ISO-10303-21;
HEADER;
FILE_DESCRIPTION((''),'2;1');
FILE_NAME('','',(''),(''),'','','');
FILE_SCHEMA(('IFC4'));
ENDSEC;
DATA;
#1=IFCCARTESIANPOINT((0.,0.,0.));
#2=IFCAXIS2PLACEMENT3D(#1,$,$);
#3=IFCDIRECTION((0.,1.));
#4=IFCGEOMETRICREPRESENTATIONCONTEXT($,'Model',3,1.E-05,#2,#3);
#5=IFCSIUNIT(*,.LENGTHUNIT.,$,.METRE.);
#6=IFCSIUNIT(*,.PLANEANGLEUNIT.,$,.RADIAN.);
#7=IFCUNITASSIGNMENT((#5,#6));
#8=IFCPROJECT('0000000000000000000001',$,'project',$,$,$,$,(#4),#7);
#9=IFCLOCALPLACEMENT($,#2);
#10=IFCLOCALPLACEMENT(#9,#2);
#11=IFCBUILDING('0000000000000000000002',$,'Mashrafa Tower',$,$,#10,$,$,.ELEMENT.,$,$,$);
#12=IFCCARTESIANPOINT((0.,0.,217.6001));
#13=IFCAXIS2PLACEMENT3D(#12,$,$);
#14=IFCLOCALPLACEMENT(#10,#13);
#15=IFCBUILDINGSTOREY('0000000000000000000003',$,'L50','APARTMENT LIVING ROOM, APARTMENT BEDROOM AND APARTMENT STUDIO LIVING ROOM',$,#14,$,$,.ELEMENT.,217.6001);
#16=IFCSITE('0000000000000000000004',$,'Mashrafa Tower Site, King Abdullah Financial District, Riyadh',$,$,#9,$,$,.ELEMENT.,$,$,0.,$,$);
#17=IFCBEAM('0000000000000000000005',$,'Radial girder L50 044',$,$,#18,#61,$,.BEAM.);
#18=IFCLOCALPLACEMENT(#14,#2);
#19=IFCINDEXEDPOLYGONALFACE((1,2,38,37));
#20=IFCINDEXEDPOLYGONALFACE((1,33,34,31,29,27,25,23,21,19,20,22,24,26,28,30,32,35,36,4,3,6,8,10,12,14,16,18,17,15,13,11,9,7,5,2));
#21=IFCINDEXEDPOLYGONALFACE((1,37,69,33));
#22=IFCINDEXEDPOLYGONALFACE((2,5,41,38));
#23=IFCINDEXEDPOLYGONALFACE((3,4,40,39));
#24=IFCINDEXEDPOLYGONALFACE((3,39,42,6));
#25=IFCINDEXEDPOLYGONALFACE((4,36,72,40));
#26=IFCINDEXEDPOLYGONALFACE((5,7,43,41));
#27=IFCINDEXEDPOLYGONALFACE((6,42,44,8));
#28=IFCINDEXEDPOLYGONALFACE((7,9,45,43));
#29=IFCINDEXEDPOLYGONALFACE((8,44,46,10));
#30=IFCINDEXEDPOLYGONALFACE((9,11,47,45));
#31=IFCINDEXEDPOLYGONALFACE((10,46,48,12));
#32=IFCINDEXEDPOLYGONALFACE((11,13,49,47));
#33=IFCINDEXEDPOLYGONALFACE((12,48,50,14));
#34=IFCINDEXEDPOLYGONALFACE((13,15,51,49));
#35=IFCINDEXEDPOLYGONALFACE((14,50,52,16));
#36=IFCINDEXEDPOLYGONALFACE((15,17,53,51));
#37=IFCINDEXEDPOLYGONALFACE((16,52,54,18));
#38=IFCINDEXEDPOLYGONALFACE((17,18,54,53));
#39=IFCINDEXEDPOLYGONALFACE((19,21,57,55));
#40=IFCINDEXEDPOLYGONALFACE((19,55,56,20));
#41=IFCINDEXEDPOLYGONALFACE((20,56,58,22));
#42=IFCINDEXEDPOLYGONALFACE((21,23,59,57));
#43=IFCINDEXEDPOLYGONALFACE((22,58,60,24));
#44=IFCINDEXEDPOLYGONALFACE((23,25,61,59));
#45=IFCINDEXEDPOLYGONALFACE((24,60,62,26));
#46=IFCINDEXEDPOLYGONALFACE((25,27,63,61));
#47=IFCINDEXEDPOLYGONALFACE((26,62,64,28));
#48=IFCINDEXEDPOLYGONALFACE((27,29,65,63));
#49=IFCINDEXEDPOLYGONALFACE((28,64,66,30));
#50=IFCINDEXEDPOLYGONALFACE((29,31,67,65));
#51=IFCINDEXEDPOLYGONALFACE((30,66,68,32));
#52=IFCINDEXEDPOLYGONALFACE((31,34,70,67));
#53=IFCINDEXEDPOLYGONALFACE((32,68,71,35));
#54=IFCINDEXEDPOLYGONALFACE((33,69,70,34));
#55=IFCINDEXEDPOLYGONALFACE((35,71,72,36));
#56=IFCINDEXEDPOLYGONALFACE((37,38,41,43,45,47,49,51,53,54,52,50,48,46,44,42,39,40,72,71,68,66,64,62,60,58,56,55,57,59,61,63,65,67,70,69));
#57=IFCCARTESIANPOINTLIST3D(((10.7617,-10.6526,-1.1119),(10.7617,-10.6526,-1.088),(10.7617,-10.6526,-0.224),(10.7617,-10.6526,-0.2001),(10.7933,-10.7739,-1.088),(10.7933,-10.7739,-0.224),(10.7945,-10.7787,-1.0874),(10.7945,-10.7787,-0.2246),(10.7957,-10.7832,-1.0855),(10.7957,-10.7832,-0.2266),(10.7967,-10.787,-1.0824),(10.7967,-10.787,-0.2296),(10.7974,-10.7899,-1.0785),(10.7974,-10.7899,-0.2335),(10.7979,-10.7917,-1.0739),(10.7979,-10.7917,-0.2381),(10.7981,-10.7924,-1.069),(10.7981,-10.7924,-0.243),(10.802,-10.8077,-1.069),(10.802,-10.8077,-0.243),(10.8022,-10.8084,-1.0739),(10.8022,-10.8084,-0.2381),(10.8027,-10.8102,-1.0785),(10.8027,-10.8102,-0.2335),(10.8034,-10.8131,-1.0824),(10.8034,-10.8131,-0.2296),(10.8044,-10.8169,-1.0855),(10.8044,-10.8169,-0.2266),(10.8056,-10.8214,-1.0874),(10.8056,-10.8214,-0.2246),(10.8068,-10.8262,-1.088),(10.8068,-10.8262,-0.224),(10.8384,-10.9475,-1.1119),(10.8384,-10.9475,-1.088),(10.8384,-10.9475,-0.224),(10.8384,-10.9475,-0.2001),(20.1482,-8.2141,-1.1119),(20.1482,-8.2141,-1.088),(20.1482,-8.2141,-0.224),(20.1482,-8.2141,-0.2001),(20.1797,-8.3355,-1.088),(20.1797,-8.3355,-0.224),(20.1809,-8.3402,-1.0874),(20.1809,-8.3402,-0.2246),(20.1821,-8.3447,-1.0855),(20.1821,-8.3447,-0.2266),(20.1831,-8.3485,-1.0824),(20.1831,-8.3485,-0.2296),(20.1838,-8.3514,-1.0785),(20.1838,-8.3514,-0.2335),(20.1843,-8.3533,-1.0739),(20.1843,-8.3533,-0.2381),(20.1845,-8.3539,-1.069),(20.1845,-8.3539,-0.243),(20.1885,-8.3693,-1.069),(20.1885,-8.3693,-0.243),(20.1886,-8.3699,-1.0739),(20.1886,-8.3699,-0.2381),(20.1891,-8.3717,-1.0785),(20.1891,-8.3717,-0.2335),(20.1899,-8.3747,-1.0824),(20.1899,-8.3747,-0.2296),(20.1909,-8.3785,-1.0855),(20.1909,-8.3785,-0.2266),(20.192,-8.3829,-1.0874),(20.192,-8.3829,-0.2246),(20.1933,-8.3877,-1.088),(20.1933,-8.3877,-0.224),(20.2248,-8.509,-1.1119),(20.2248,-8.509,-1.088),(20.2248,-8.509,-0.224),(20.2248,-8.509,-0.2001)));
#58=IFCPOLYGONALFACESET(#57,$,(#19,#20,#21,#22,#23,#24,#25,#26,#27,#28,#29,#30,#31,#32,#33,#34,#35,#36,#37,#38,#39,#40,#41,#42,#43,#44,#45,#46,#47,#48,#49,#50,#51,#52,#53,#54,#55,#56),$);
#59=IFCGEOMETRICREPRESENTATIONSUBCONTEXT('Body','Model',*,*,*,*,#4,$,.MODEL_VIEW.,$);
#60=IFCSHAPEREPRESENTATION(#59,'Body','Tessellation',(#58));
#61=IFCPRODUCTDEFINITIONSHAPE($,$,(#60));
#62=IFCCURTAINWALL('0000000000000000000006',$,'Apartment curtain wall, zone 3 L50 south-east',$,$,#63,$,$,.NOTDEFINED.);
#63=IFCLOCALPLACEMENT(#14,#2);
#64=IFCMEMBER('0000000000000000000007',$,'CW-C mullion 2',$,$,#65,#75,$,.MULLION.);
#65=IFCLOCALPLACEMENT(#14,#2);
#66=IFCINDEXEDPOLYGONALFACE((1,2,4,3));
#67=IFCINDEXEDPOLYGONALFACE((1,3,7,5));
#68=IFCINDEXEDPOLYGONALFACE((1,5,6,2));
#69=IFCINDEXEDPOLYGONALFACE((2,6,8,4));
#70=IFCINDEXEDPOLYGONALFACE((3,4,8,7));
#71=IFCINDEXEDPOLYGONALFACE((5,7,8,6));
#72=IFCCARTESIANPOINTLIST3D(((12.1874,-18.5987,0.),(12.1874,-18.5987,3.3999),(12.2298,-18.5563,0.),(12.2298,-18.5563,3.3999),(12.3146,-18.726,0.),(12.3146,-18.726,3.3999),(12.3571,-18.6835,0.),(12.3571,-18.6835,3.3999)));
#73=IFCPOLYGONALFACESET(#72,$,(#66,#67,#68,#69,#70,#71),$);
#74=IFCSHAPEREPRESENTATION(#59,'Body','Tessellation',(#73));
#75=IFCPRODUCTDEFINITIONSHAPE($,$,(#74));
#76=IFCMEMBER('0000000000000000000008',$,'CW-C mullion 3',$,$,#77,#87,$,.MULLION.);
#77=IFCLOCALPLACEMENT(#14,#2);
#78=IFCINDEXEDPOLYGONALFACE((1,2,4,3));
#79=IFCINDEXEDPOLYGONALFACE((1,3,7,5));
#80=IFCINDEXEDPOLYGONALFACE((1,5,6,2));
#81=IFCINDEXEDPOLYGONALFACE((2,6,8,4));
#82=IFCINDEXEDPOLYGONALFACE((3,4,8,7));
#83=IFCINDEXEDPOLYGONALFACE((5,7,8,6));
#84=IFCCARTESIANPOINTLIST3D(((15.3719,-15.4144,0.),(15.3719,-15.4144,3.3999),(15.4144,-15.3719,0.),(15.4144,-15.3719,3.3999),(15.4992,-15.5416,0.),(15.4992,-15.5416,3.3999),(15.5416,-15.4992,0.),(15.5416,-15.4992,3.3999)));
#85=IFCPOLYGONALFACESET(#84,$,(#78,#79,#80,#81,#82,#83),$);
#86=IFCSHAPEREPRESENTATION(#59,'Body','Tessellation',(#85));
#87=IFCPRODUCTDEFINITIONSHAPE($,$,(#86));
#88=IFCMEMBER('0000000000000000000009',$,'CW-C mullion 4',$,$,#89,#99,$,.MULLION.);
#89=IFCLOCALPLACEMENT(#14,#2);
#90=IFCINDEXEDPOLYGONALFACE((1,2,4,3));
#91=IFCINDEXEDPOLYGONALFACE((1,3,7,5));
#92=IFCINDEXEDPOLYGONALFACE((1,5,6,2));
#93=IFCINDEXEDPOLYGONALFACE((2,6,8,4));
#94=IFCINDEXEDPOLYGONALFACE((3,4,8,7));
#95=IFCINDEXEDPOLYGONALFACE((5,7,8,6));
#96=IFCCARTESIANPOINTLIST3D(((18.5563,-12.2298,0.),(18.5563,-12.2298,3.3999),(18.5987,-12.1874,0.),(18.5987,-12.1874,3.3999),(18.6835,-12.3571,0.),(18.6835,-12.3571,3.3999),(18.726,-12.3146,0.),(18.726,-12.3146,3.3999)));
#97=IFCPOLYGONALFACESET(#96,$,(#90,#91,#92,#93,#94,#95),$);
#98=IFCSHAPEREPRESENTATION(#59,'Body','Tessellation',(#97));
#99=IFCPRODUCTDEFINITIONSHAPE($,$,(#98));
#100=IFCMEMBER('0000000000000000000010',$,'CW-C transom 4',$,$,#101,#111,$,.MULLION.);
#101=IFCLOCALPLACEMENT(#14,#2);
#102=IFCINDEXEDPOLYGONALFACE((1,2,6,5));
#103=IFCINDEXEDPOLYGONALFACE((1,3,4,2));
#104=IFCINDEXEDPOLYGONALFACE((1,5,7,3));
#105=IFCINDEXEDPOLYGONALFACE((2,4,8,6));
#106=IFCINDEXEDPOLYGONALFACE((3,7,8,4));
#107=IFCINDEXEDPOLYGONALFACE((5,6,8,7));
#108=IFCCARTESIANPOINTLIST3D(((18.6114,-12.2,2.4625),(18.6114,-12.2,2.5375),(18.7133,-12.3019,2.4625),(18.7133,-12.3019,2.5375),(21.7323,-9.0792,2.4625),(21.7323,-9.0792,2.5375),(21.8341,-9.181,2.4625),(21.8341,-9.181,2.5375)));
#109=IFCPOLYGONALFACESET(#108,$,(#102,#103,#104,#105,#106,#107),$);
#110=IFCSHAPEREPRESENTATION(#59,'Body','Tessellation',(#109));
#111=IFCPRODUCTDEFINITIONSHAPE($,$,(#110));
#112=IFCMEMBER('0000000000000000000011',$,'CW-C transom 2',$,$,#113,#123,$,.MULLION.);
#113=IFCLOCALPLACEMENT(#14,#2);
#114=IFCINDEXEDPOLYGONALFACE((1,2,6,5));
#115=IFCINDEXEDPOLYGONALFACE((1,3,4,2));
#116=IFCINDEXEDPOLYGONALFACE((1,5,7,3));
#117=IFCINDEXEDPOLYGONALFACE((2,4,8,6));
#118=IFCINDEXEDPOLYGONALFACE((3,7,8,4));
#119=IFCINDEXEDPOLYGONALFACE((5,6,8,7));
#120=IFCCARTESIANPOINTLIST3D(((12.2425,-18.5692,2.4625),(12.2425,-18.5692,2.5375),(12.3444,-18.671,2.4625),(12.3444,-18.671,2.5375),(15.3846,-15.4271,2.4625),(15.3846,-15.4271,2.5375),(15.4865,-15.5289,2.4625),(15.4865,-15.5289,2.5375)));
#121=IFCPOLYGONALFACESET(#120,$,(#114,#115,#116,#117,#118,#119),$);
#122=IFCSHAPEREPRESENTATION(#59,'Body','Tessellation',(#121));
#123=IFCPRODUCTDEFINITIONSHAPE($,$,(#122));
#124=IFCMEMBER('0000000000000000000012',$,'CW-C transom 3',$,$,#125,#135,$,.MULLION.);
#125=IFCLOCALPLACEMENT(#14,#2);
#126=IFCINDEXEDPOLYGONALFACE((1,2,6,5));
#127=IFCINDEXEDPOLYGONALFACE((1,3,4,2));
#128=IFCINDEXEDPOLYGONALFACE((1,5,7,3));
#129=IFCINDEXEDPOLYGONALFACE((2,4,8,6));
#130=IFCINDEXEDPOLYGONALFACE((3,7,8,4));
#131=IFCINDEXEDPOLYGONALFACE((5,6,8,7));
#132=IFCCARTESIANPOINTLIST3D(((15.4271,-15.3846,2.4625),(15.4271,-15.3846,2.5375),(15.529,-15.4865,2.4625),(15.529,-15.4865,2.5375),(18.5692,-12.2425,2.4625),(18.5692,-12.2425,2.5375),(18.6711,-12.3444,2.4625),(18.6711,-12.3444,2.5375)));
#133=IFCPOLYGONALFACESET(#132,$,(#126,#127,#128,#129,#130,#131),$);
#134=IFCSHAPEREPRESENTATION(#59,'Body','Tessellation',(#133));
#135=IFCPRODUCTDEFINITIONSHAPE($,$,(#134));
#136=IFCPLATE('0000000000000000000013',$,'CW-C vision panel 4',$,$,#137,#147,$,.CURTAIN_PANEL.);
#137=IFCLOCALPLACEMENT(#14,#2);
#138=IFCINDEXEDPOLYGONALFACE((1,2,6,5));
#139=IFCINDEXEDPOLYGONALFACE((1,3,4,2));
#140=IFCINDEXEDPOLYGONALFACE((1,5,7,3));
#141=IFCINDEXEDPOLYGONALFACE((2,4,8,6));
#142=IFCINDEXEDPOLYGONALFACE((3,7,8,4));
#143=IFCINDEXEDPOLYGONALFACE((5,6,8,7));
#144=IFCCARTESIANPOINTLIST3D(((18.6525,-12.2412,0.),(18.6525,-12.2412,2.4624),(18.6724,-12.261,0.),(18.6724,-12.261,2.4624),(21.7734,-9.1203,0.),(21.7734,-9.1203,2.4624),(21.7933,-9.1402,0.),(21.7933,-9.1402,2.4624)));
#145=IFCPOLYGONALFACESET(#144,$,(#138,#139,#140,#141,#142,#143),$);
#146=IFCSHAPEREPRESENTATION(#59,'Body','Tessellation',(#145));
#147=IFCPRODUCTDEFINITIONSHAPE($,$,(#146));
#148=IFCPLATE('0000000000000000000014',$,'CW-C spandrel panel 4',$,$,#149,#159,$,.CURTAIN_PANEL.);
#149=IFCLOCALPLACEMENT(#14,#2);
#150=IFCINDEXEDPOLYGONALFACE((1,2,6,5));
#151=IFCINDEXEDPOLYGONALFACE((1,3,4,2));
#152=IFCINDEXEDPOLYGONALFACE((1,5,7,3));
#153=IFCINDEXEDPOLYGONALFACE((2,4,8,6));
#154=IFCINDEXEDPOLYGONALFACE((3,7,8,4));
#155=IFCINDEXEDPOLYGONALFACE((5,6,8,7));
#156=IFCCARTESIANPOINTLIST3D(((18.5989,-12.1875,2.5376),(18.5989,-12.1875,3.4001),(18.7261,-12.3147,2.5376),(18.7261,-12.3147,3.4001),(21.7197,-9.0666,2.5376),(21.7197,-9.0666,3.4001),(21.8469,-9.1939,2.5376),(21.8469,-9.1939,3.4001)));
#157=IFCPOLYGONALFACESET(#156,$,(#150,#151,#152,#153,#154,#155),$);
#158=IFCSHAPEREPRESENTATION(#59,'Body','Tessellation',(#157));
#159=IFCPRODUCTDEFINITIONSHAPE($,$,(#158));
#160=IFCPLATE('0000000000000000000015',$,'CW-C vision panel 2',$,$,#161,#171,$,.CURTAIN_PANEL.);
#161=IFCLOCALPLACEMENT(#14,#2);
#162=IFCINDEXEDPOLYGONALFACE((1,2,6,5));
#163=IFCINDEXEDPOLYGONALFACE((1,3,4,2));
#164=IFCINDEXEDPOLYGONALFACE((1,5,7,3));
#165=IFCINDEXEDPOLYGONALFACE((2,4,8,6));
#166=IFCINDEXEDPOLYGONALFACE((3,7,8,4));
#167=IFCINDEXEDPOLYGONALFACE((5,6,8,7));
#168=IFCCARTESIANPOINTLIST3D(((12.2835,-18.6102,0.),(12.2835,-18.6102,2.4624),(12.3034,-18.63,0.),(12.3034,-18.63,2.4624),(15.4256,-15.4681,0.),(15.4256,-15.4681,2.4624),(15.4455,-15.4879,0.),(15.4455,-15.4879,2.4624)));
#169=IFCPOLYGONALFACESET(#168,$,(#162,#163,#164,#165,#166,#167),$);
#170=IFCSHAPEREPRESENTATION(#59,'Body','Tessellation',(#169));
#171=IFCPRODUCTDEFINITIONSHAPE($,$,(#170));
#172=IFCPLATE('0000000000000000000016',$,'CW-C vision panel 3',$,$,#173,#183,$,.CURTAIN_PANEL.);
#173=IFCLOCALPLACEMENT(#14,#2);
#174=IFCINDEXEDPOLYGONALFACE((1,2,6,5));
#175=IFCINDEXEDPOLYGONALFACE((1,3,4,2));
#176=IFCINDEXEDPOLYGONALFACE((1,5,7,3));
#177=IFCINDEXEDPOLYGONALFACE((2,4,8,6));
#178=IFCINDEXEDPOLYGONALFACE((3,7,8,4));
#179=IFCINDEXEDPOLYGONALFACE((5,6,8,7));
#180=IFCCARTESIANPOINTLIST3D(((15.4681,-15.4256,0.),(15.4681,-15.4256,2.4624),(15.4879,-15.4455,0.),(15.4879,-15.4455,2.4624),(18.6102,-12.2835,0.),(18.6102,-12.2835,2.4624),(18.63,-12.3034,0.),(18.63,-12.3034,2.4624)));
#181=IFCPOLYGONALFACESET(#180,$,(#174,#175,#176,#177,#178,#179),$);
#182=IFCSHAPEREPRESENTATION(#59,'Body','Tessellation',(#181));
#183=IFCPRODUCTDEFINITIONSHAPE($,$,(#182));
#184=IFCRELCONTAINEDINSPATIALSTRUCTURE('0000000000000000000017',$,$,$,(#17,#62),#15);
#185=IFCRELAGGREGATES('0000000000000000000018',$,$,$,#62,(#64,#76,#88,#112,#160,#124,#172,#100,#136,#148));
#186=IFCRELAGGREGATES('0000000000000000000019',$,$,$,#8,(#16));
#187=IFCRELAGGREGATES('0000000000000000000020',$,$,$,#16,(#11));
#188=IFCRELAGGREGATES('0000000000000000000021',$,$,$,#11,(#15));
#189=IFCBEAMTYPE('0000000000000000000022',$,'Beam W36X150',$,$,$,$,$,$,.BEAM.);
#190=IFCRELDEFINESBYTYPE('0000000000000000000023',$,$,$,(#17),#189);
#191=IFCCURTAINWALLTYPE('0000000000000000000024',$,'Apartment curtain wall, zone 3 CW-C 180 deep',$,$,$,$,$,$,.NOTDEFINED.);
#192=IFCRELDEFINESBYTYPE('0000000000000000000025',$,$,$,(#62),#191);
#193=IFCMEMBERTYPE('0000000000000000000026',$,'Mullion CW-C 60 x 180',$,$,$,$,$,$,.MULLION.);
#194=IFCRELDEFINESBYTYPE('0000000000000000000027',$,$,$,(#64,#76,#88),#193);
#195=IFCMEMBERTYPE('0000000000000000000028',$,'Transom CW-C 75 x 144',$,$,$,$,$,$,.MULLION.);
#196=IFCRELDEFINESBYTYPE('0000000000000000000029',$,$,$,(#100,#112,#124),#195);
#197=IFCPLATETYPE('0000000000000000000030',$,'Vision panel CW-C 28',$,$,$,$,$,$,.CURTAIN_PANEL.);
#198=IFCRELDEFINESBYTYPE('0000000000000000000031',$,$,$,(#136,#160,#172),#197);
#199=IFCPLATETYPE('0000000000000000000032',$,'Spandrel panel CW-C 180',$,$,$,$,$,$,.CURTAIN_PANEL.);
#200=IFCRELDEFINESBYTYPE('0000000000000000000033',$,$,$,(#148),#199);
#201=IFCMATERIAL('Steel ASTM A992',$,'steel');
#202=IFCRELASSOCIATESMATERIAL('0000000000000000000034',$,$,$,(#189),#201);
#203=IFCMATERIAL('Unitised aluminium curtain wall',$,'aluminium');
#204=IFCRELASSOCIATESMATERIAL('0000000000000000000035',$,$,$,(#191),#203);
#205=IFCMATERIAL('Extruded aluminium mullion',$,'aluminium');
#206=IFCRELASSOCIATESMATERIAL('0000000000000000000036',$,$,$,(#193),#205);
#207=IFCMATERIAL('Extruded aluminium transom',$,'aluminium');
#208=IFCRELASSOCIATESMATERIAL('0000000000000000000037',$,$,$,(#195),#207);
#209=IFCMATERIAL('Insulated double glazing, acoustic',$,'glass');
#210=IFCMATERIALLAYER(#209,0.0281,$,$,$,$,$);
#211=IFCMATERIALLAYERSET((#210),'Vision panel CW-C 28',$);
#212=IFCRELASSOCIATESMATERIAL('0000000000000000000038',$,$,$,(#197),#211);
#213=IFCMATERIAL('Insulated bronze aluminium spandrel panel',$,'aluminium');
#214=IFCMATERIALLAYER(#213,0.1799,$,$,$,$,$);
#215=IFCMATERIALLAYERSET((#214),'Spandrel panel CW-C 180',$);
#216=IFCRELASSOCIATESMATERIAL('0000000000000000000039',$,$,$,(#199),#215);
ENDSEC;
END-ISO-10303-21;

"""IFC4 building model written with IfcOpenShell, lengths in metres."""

from ifc_helpers import new_model, si_unit, direction, frame, origin, origin_2d, place, context, subcontext, project, spatial, rectangle, i_section, extrude, source, transform, mapped, material, layer, layer_set, material_profile, profile_set, type_object, type_shapes, element, aggregate, save


model = new_model("IFC4")

# Units and contexts
model_context = context("Model", 3, precision=1e-05, world=origin(), true_north=direction((0.0, 1.0)))
body_context = subcontext(model_context, "Body", "Model", "MODEL_VIEW")
ifc_project = project(units=[si_unit("LENGTHUNIT", "METRE"), si_unit("PLANEANGLEUNIT", "RADIAN")], contexts=[model_context])

# Site, building, storey
site_placement = place(None, origin())
site = spatial("IfcSite", under=ifc_project, at=site_placement, Name="Mashrafa Tower Site, King Abdullah Financial District, Riyadh", CompositionType="ELEMENT", RefElevation=0.0)
building_placement = place(site_placement, origin())
building = spatial("IfcBuilding", under=site, at=building_placement, Name="Mashrafa Tower", CompositionType="ELEMENT")
storey_placement = place(building_placement, frame((0.0, 0.0, 217.6001)))
storey = spatial("IfcBuildingStorey", under=building, at=storey_placement, Name="L50", Description="APARTMENT LIVING ROOM, APARTMENT BEDROOM AND APARTMENT STUDIO LIVING ROOM", CompositionType="ELEMENT", Elevation=217.6001)

# Beam
ifc_material_1 = material(Name="Steel ASTM A992", Category="steel")
ifc_material_profile_1 = material_profile(ifc_material_1, i_section(OverallWidth=0.3047, OverallDepth=0.9119, WebThickness=0.0159, FlangeThickness=0.0239, FilletRadius=0.019, at=origin_2d()), Name="W36X150")
ifc_profile_set_1 = profile_set([ifc_material_profile_1], Name="Steel ASTM A992")
beam_type_1 = type_object("IfcBeamType", Name="Beam W36X150", PredefinedType="BEAM", material=ifc_profile_set_1)
beam_1_placement = place(storey_placement, frame((10.8, -10.8, -0.656), z_axis=(0.967873, 0.25144, 0.0), x_axis=(-0.25144, 0.967873, 0.0)))
element("IfcBeam", 1, at=beam_1_placement, inside=storey, type_object=beam_type_1, Name="Radial girder L50 044", PredefinedType="BEAM", context=body_context, shape_type="SweptSolid", body=[
    extrude(i_section(OverallWidth=0.3047, OverallDepth=0.9119, WebThickness=0.0159, FlangeThickness=0.0239, FilletRadius=0.019, at=origin_2d()), origin(), (0.0, 0.0, 1.0), 9.698),
])

# Curtain wall, members, plates
ifc_material_2 = material(Name="Unitised aluminium curtain wall", Category="aluminium")
curtain_wall_type = type_object("IfcCurtainWallType", Name="Apartment curtain wall, zone 3 CW-C 180 deep", PredefinedType="NOTDEFINED", material=ifc_material_2)
curtain_wall_placement = place(storey_placement, origin())
curtain_wall = element("IfcCurtainWall", 2, at=curtain_wall_placement, inside=storey, type_object=curtain_wall_type, Name="Apartment curtain wall, zone 3 L50 south-east", PredefinedType="NOTDEFINED")
ifc_material_3 = material(Name="Extruded aluminium mullion", Category="aluminium")
ifc_material_profile_2 = material_profile(ifc_material_3, rectangle(XDim=0.1799, YDim=0.0601, at=origin_2d()), Name="Mullion 60x180")
ifc_profile_set_2 = profile_set([ifc_material_profile_2], Name="Extruded aluminium mullion")
member_type_1 = type_object("IfcMemberType", Name="Mullion CW-C 60 x 180", PredefinedType="MULLION", material=ifc_profile_set_2)
shared_shape_1 = source(origin(), body_context, "Body", "SweptSolid", [
    extrude(rectangle(XDim=0.1799, YDim=0.0601, at=origin_2d()), origin(), (0.0, 0.0, 1.0), 3.3999),
])
type_shapes(member_type_1, [shared_shape_1])
member_1_placement = place(storey_placement, frame((12.2722, -18.6411, 0.0), z_axis=(0.0, 0.0, 1.0), x_axis=(-0.707107, 0.707107, 0.0)))
member_1 = element("IfcMember", 3, at=member_1_placement, type_object=member_type_1, Name="CW-C mullion 2", PredefinedType="MULLION", context=body_context, shape_type="MappedRepresentation", body=[
    mapped(shared_shape_1, transform((0.0, 0.0, 0.0))),
])
member_2_placement = place(storey_placement, frame((15.4568, -15.4568, 0.0), z_axis=(0.0, 0.0, 1.0), x_axis=(-0.707107, 0.707107, 0.0)))
member_2 = element("IfcMember", 4, at=member_2_placement, type_object=member_type_1, Name="CW-C mullion 3", PredefinedType="MULLION", context=body_context, shape_type="MappedRepresentation", body=[
    mapped(shared_shape_1, transform((0.0, 0.0, 0.0))),
])
member_3_placement = place(storey_placement, frame((18.6411, -12.2722, 0.0), z_axis=(0.0, 0.0, 1.0), x_axis=(-0.707107, 0.707107, 0.0)))
member_3 = element("IfcMember", 5, at=member_3_placement, type_object=member_type_1, Name="CW-C mullion 4", PredefinedType="MULLION", context=body_context, shape_type="MappedRepresentation", body=[
    mapped(shared_shape_1, transform((0.0, 0.0, 0.0))),
])
ifc_material_4 = material(Name="Extruded aluminium transom", Category="aluminium")
ifc_material_profile_3 = material_profile(ifc_material_4, rectangle(XDim=0.144, YDim=0.075, at=origin_2d()), Name="Transom 75x144")
ifc_profile_set_3 = profile_set([ifc_material_profile_3], Name="Extruded aluminium transom")
member_type_2 = type_object("IfcMemberType", Name="Transom CW-C 75 x 144", PredefinedType="MULLION", material=ifc_profile_set_3)
shared_shape_2 = source(origin(), body_context, "Body", "SweptSolid", [
    extrude(rectangle(XDim=0.144, YDim=0.075, at=origin_2d()), origin(), (0.0, 0.0, 1.0), 4.4136),
])
member_4_placement = place(storey_placement, frame((18.6624, -12.251, 2.5), z_axis=(0.707107, 0.707107, 0.0), x_axis=(-0.707107, 0.707107, 0.0)))
member_4 = element("IfcMember", 6, at=member_4_placement, type_object=member_type_2, Name="CW-C transom 4", PredefinedType="MULLION", context=body_context, shape_type="MappedRepresentation", body=[
    mapped(shared_shape_2, transform((0.0, 0.0, 0.0))),
])
shared_shape_3 = source(origin(), body_context, "Body", "SweptSolid", [
    extrude(rectangle(XDim=0.144, YDim=0.075, at=origin_2d()), origin(), (0.0, 0.0, 1.0), 4.4436),
])
type_shapes(member_type_2, [shared_shape_2, shared_shape_3])
member_5_placement = place(storey_placement, frame((12.2935, -18.6201, 2.5), z_axis=(0.707107, 0.707107, 0.0), x_axis=(-0.707107, 0.707107, 0.0)))
member_5 = element("IfcMember", 7, at=member_5_placement, type_object=member_type_2, Name="CW-C transom 2", PredefinedType="MULLION", context=body_context, shape_type="MappedRepresentation", body=[
    mapped(shared_shape_3, transform((0.0, 0.0, 0.0))),
])
member_6_placement = place(storey_placement, frame((15.478, -15.4355, 2.5), z_axis=(0.707107, 0.707107, 0.0), x_axis=(-0.707107, 0.707107, 0.0)))
member_6 = element("IfcMember", 8, at=member_6_placement, type_object=member_type_2, Name="CW-C transom 3", PredefinedType="MULLION", context=body_context, shape_type="MappedRepresentation", body=[
    mapped(shared_shape_3, transform((0.0, 0.0, 0.0))),
])
ifc_material_5 = material(Name="Insulated double glazing, acoustic", Category="glass")
ifc_layer_1 = layer(ifc_material_5, 0.0281)
ifc_layer_set_1 = layer_set([ifc_layer_1], Name="Vision panel CW-C 28")
plate_type_1 = type_object("IfcPlateType", Name="Vision panel CW-C 28", PredefinedType="CURTAIN_PANEL", material=ifc_layer_set_1)
shared_shape_4 = source(origin(), body_context, "Body", "SweptSolid", [
    extrude(rectangle(XDim=4.4136, YDim=0.0281, at=origin_2d()), origin(), (0.0, 0.0, 1.0), 2.4624),
])
plate_1_placement = place(storey_placement, frame((20.2229, -10.6907, 0.0), z_axis=(0.0, 0.0, 1.0), x_axis=(0.707107, 0.707107, 0.0)))
plate_1 = element("IfcPlate", 9, at=plate_1_placement, type_object=plate_type_1, Name="CW-C vision panel 4", PredefinedType="CURTAIN_PANEL", context=body_context, shape_type="MappedRepresentation", body=[
    mapped(shared_shape_4, transform((0.0, 0.0, 0.0))),
])
ifc_material_6 = material(Name="Insulated bronze aluminium spandrel panel", Category="aluminium")
ifc_layer_2 = layer(ifc_material_6, 0.1799)
ifc_layer_set_2 = layer_set([ifc_layer_2], Name="Spandrel panel CW-C 180")
plate_type_2 = type_object("IfcPlateType", Name="Spandrel panel CW-C 180", PredefinedType="CURTAIN_PANEL", material=ifc_layer_set_2)
shared_shape_5 = source(origin(), body_context, "Body", "SweptSolid", [
    extrude(rectangle(XDim=4.4136, YDim=0.1799, at=origin_2d()), origin(), (0.0, 0.0, 1.0), 0.8625),
])
plate_2_placement = place(storey_placement, frame((20.2229, -10.6907, 2.5376), z_axis=(0.0, 0.0, 1.0), x_axis=(0.707107, 0.707107, 0.0)))
plate_2 = element("IfcPlate", 10, at=plate_2_placement, type_object=plate_type_2, Name="CW-C spandrel panel 4", PredefinedType="CURTAIN_PANEL", context=body_context, shape_type="MappedRepresentation", body=[
    mapped(shared_shape_5, transform((0.0, 0.0, 0.0))),
])
shared_shape_6 = source(origin(), body_context, "Body", "SweptSolid", [
    extrude(rectangle(XDim=4.4436, YDim=0.0281, at=origin_2d()), origin(), (0.0, 0.0, 1.0), 2.4624),
])
type_shapes(plate_type_1, [shared_shape_4, shared_shape_6])
plate_3_placement = place(storey_placement, frame((13.8645, -17.0491, 0.0), z_axis=(0.0, 0.0, 1.0), x_axis=(0.707107, 0.707107, 0.0)))
plate_3 = element("IfcPlate", 11, at=plate_3_placement, type_object=plate_type_1, Name="CW-C vision panel 2", PredefinedType="CURTAIN_PANEL", context=body_context, shape_type="MappedRepresentation", body=[
    mapped(shared_shape_6, transform((0.0, 0.0, 0.0))),
])
plate_4_placement = place(storey_placement, frame((17.0491, -13.8645, 0.0), z_axis=(0.0, 0.0, 1.0), x_axis=(0.707107, 0.707107, 0.0)))
plate_4 = element("IfcPlate", 12, at=plate_4_placement, type_object=plate_type_1, Name="CW-C vision panel 3", PredefinedType="CURTAIN_PANEL", context=body_context, shape_type="MappedRepresentation", body=[
    mapped(shared_shape_6, transform((0.0, 0.0, 0.0))),
])
aggregate(curtain_wall, [member_1, member_2, member_3, member_5, plate_3, member_6, plate_4, member_4, plate_1, plate_2])

save(model, "model.ifc")
